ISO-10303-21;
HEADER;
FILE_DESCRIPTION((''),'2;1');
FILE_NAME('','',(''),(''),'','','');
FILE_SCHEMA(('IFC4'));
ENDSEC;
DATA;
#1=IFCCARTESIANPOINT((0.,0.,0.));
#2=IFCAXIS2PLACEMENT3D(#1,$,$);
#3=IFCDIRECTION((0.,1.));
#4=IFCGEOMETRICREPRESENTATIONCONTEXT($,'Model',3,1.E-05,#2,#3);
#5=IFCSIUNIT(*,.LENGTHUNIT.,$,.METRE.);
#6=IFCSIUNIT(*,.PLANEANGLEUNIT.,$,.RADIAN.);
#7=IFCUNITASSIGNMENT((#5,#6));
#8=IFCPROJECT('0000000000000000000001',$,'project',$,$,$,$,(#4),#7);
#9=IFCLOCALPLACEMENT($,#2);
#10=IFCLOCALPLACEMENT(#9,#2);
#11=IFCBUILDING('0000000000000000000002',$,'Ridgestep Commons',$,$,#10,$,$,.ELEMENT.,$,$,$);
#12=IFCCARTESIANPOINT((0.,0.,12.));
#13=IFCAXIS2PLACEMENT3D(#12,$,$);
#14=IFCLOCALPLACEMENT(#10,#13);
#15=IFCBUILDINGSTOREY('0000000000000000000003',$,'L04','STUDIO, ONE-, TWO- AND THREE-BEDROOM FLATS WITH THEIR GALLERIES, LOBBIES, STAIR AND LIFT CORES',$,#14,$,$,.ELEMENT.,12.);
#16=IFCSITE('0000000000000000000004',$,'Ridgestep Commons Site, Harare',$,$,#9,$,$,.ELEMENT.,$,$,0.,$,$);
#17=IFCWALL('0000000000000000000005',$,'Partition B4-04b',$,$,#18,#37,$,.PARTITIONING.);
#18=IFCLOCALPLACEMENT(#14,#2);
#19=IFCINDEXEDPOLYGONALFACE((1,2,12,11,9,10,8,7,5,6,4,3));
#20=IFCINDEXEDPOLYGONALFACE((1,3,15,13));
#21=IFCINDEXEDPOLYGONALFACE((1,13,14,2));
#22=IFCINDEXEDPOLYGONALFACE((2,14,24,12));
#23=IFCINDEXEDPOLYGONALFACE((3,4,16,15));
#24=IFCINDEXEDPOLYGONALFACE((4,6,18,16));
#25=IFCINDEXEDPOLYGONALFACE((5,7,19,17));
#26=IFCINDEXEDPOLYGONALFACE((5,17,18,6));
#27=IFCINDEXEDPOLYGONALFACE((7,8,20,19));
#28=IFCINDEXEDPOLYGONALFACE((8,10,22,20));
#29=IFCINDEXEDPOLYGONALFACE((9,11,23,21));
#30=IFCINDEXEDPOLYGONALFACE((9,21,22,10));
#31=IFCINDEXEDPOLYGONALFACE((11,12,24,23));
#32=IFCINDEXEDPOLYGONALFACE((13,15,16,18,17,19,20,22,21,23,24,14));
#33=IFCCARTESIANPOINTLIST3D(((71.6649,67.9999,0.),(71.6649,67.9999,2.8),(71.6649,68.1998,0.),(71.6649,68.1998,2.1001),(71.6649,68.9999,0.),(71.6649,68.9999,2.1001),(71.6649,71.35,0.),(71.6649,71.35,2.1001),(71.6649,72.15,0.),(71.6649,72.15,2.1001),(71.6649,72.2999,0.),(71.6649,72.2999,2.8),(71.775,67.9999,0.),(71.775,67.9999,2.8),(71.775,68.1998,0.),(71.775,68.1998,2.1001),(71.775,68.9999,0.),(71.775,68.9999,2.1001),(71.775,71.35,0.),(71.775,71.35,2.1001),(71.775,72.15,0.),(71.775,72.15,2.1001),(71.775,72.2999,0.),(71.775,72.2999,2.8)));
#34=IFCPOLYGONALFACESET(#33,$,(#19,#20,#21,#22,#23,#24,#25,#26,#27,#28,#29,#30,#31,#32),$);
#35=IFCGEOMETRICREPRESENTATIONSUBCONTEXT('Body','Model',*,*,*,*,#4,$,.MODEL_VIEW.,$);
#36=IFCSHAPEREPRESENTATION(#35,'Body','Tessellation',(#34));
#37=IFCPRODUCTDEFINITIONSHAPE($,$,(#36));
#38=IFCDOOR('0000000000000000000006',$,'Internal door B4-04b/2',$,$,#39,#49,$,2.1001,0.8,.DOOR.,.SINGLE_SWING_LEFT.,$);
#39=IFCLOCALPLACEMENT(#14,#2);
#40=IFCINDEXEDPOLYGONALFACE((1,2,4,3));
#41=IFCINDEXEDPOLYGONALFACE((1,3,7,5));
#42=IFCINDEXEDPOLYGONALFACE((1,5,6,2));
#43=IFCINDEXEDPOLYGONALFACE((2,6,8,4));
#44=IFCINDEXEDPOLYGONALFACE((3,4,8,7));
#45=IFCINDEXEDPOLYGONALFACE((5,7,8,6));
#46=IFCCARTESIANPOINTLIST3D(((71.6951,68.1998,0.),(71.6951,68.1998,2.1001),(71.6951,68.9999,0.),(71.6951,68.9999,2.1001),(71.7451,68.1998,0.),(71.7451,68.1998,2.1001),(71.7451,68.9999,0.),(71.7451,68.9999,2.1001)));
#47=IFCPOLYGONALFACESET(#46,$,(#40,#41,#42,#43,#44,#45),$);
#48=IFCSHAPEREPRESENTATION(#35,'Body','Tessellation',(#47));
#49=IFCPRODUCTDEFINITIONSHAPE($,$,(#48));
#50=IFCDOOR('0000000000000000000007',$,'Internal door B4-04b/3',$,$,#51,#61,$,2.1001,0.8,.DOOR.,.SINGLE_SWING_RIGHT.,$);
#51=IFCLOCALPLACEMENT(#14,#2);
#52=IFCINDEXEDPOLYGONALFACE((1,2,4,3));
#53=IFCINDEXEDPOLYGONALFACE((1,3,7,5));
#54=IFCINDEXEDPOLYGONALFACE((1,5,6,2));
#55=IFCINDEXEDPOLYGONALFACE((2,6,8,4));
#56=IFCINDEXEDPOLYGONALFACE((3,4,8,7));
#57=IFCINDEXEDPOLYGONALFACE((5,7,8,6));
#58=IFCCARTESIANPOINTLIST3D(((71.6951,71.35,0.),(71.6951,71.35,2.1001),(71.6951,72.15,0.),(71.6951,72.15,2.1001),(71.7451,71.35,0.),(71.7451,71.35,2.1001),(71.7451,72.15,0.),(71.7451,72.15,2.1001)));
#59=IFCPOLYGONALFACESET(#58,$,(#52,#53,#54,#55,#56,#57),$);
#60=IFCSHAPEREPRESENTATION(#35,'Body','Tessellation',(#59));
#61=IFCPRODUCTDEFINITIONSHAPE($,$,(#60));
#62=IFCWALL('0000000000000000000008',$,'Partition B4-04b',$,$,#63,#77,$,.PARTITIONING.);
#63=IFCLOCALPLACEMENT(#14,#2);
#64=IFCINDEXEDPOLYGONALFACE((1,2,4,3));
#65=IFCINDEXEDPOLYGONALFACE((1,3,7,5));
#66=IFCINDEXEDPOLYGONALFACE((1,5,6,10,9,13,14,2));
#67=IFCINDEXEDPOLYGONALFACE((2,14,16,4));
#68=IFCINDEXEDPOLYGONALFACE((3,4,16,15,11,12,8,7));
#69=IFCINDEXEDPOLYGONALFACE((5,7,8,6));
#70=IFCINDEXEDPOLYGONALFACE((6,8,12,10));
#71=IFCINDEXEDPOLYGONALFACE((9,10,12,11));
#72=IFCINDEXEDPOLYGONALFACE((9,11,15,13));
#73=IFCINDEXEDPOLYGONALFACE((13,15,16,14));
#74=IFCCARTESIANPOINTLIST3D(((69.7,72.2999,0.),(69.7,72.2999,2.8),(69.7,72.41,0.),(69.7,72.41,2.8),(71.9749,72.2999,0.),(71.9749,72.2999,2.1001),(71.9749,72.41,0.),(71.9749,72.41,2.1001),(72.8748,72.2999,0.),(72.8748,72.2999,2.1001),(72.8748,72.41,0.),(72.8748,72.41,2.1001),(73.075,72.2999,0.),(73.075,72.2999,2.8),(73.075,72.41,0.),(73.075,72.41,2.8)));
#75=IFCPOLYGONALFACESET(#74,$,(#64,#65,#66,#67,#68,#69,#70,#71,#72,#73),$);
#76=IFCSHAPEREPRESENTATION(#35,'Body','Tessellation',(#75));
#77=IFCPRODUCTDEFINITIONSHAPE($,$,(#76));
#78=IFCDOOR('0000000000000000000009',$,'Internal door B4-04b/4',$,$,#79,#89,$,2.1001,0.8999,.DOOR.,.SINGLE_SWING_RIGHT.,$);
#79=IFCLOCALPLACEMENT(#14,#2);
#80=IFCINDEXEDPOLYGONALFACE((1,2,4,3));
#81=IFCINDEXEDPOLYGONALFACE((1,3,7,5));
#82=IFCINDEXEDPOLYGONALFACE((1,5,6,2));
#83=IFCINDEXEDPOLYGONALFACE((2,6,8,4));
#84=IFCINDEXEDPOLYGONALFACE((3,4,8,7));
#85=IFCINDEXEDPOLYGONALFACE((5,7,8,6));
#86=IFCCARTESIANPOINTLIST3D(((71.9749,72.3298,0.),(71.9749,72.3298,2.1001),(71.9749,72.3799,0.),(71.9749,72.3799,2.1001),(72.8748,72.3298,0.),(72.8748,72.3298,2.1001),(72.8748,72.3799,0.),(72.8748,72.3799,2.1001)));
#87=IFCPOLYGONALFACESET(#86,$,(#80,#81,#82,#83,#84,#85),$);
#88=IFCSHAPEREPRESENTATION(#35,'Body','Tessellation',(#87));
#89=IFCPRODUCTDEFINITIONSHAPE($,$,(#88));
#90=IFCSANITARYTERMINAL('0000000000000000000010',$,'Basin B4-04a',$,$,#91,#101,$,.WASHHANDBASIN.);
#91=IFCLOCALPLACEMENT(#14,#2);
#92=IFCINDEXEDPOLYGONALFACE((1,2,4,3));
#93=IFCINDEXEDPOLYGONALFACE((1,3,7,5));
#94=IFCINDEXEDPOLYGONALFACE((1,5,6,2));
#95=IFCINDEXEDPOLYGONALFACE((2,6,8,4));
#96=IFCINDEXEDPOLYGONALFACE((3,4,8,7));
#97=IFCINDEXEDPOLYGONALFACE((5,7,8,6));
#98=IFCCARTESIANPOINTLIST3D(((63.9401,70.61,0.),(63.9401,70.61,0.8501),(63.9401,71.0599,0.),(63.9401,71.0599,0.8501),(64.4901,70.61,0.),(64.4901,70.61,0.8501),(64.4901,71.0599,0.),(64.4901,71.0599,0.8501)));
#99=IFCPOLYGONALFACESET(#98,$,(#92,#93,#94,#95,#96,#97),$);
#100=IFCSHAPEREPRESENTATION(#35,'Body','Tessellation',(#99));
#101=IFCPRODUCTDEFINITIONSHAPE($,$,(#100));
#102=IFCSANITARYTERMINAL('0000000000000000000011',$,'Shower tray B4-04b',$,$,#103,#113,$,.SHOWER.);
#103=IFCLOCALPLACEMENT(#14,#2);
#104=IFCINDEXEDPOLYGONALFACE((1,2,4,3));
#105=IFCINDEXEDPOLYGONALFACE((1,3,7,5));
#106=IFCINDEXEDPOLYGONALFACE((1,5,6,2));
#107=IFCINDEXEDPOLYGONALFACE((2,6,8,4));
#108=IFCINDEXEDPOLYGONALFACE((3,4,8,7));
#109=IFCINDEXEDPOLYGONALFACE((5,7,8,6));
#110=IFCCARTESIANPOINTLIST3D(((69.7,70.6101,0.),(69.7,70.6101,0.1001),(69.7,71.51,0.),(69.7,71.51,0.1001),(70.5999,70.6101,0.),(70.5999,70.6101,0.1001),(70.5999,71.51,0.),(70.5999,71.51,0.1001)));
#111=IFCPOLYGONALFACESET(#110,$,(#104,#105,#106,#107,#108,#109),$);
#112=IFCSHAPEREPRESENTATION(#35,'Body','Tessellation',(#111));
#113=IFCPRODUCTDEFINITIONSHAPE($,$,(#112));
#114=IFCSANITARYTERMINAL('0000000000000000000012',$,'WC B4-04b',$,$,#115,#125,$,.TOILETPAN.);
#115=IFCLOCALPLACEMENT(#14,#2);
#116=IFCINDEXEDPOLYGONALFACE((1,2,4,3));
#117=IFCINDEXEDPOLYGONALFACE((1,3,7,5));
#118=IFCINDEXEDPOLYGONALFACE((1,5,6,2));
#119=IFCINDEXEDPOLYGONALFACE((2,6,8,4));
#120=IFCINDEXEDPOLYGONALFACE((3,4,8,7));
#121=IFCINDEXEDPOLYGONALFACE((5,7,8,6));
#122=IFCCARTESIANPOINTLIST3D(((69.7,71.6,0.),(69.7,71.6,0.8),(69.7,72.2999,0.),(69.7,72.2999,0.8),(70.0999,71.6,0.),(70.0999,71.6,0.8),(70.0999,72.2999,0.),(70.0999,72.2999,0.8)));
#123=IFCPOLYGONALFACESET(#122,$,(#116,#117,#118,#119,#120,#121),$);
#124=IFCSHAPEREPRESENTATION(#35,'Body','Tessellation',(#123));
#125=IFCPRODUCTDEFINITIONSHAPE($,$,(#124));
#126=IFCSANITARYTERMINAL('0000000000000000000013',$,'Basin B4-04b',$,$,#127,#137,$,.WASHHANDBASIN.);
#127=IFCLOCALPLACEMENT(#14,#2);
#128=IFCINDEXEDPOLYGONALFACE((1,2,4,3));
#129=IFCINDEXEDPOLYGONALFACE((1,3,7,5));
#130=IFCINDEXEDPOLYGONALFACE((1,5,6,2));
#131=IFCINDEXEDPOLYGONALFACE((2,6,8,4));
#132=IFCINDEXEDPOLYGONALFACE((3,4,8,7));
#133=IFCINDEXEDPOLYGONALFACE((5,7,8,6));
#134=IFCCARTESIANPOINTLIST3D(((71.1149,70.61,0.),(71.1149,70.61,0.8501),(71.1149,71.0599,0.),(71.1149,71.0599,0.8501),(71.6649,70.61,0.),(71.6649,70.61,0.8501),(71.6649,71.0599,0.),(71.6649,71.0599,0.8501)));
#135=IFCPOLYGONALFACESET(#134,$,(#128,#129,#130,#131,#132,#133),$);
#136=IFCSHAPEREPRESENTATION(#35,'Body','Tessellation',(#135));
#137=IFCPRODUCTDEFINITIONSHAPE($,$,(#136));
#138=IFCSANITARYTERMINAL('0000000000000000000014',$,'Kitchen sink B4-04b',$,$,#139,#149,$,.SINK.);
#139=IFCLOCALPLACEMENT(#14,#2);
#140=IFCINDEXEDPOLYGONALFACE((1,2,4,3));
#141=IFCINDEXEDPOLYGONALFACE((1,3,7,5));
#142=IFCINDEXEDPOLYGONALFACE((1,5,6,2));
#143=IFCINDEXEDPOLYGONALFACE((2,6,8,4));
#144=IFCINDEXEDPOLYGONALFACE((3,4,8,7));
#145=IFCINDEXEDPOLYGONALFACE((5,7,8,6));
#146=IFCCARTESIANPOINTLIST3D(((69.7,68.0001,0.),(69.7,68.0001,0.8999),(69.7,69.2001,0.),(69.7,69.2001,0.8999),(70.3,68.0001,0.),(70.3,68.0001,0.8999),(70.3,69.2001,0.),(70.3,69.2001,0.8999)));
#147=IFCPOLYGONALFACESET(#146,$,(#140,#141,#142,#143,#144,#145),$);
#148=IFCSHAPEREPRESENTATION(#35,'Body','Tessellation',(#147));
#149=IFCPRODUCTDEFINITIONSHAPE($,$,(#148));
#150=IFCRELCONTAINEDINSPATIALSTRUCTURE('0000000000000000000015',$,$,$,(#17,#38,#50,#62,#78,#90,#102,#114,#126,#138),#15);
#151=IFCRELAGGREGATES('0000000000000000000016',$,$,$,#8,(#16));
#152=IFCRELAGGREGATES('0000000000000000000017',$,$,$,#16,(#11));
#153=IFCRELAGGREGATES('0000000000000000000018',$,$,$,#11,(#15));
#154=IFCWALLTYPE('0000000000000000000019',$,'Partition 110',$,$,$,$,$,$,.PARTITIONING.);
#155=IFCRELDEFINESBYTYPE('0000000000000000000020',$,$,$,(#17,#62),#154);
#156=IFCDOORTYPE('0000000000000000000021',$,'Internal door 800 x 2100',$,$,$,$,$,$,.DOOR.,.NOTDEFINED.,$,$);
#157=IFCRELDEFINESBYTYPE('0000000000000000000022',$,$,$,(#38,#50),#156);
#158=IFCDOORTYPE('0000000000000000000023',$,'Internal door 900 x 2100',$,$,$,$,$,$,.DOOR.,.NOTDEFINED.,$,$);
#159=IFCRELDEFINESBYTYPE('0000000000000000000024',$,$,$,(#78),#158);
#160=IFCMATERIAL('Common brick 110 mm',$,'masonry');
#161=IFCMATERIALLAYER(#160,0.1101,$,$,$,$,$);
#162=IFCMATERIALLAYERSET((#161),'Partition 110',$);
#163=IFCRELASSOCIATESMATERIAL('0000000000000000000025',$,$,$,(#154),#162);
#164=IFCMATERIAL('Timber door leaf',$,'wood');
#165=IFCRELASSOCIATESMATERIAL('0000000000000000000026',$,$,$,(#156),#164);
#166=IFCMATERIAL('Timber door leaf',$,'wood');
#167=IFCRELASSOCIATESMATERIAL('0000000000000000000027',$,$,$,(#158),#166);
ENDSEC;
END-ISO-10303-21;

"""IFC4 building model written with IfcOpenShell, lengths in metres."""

from ifc_helpers import new_model, si_unit, direction, frame, frame_2d, origin, origin_2d, place, context, subcontext, project, spatial, rectangle, extrude, material, layer, layer_set, type_object, element, fill, save


model = new_model("IFC4")

# Units and contexts
model_context = context("Model", 3, precision=1e-05, world=origin(), true_north=direction((0.0, 1.0)))
body_context = subcontext(model_context, "Body", "Model", "MODEL_VIEW")
ifc_project = project(units=[si_unit("LENGTHUNIT", "METRE"), si_unit("PLANEANGLEUNIT", "RADIAN")], contexts=[model_context])

# Site, building, storey
site_placement = place(None, origin())
site = spatial("IfcSite", under=ifc_project, at=site_placement, Name="Ridgestep Commons Site, Harare", CompositionType="ELEMENT", RefElevation=0.0)
building_placement = place(site_placement, origin())
building = spatial("IfcBuilding", under=site, at=building_placement, Name="Ridgestep Commons", CompositionType="ELEMENT")
storey_placement = place(building_placement, frame((0.0, 0.0, 12.0)))
storey = spatial("IfcBuildingStorey", under=building, at=storey_placement, Name="L04", Description="STUDIO, ONE-, TWO- AND THREE-BEDROOM FLATS WITH THEIR GALLERIES, LOBBIES, STAIR AND LIFT CORES", CompositionType="ELEMENT", Elevation=12.0)

# Shared definitions
ifc_material_1 = material(Name="Common brick 110 mm", Category="masonry")
ifc_layer_1 = layer(ifc_material_1, 0.1101)
ifc_layer_set_1 = layer_set([ifc_layer_1], Name="Partition 110")
wall_type_1 = type_object("IfcWallType", Name="Partition 110", PredefinedType="PARTITIONING", material=ifc_layer_set_1)

# Wall, openings, doors
wall_1_placement = place(storey_placement, frame((71.72, 68.0, 0.0), z_axis=(0.0, 0.0, 1.0), x_axis=(0.0, 1.0, 0.0)))
wall_1 = element("IfcWall", 1, at=wall_1_placement, inside=storey, type_object=wall_type_1, Name="Partition B4-04b", PredefinedType="PARTITIONING", context=body_context, shape_type="SweptSolid", body=[
    extrude(rectangle(XDim=4.3, YDim=0.1101, at=frame_2d((2.1499, 0.0))), origin(), (0.0, 0.0, 1.0), 2.8),
])
opening_1_placement = place(wall_1_placement, frame((0.2, 0.0, 0.0)))
opening_1 = element("IfcOpeningElement", 2, at=opening_1_placement, cuts=wall_1, PredefinedType="OPENING", context=body_context, shape_type="SweptSolid", body=[
    extrude(rectangle(XDim=0.8, YDim=2.1001, at=frame_2d((0.3999, 1.05))), frame((0.0, 0.0649, 0.0), z_axis=(0.0, -1.0, 0.0), x_axis=(1.0, 0.0, 0.0)), (0.0, 0.0, 1.0), 0.1301),
])
opening_2_placement = place(wall_1_placement, frame((3.3501, 0.0, 0.0)))
opening_2 = element("IfcOpeningElement", 3, at=opening_2_placement, cuts=wall_1, PredefinedType="OPENING", context=body_context, shape_type="SweptSolid", body=[
    extrude(rectangle(XDim=0.8, YDim=2.1001, at=frame_2d((0.3999, 1.05))), frame((0.0, 0.0649, 0.0), z_axis=(0.0, -1.0, 0.0), x_axis=(1.0, 0.0, 0.0)), (0.0, 0.0, 1.0), 0.1301),
])
ifc_material_2 = material(Name="Timber door leaf", Category="wood")
door_type_1 = type_object("IfcDoorType", Name="Internal door 800 x 2100", OperationType="NOTDEFINED", PredefinedType="DOOR", material=ifc_material_2)
door_1_placement = place(opening_1_placement, origin())
door_1 = element("IfcDoor", 4, at=door_1_placement, inside=storey, type_object=door_type_1, Name="Internal door B4-04b/2", OperationType="SINGLE_SWING_LEFT", OverallHeight=2.1001, OverallWidth=0.8, PredefinedType="DOOR", context=body_context, shape_type="SweptSolid", body=[
    extrude(rectangle(XDim=0.8, YDim=2.1001, at=frame_2d((0.3999, 1.05))), frame((0.0, 0.0249, 0.0), z_axis=(0.0, -1.0, 0.0), x_axis=(1.0, 0.0, 0.0)), (0.0, 0.0, 1.0), 0.05),
])
fill(opening_1, door_1)
door_2_placement = place(opening_2_placement, origin())
door_2 = element("IfcDoor", 5, at=door_2_placement, inside=storey, type_object=door_type_1, Name="Internal door B4-04b/3", OperationType="SINGLE_SWING_RIGHT", OverallHeight=2.1001, OverallWidth=0.8, PredefinedType="DOOR", context=body_context, shape_type="SweptSolid", body=[
    extrude(rectangle(XDim=0.8, YDim=2.1001, at=frame_2d((0.3999, 1.05))), frame((0.0, 0.0249, 0.0), z_axis=(0.0, -1.0, 0.0), x_axis=(1.0, 0.0, 0.0)), (0.0, 0.0, 1.0), 0.05),
])
fill(opening_2, door_2)

# Wall, opening, door
wall_2_placement = place(storey_placement, frame((69.7, 72.355, 0.0), z_axis=(0.0, 0.0, 1.0), x_axis=(1.0, 0.0, 0.0)))
wall_2 = element("IfcWall", 6, at=wall_2_placement, inside=storey, type_object=wall_type_1, Name="Partition B4-04b", PredefinedType="PARTITIONING", context=body_context, shape_type="SweptSolid", body=[
    extrude(rectangle(XDim=3.375, YDim=0.1101, at=frame_2d((1.6875, 0.0))), origin(), (0.0, 0.0, 1.0), 2.8),
])
opening_3_placement = place(wall_2_placement, frame((2.2749, 0.0, 0.0)))
opening_3 = element("IfcOpeningElement", 7, at=opening_3_placement, cuts=wall_2, PredefinedType="OPENING", context=body_context, shape_type="SweptSolid", body=[
    extrude(rectangle(XDim=0.8999, YDim=2.1001, at=frame_2d((0.45, 1.05))), frame((0.0, 0.0649, 0.0), z_axis=(0.0, -1.0, 0.0), x_axis=(1.0, 0.0, 0.0)), (0.0, 0.0, 1.0), 0.1301),
])
ifc_material_3 = material(Name="Timber door leaf", Category="wood")
door_type_2 = type_object("IfcDoorType", Name="Internal door 900 x 2100", OperationType="NOTDEFINED", PredefinedType="DOOR", material=ifc_material_3)
door_3_placement = place(opening_3_placement, origin())
door_3 = element("IfcDoor", 8, at=door_3_placement, inside=storey, type_object=door_type_2, Name="Internal door B4-04b/4", OperationType="SINGLE_SWING_RIGHT", OverallHeight=2.1001, OverallWidth=0.8999, PredefinedType="DOOR", context=body_context, shape_type="SweptSolid", body=[
    extrude(rectangle(XDim=0.8999, YDim=2.1001, at=frame_2d((0.45, 1.05))), frame((0.0, 0.0249, 0.0), z_axis=(0.0, -1.0, 0.0), x_axis=(1.0, 0.0, 0.0)), (0.0, 0.0, 1.0), 0.05),
])
fill(opening_3, door_3)

# Sanitary terminals
sanitary_terminal_1_placement = place(storey_placement, frame((64.2151, 70.835, 0.0), z_axis=(0.0, 0.0, 1.0), x_axis=(1.0, 0.0, 0.0)))
element("IfcSanitaryTerminal", 9, at=sanitary_terminal_1_placement, inside=storey, Name="Basin B4-04a", PredefinedType="WASHHANDBASIN", context=body_context, shape_type="SweptSolid", body=[
    extrude(rectangle(XDim=0.55, YDim=0.45, at=origin_2d()), origin(), (0.0, 0.0, 1.0), 0.8501),
])
sanitary_terminal_2_placement = place(storey_placement, frame((70.1499, 71.0601, 0.0), z_axis=(0.0, 0.0, 1.0), x_axis=(1.0, 0.0, 0.0)))
element("IfcSanitaryTerminal", 10, at=sanitary_terminal_2_placement, inside=storey, Name="Shower tray B4-04b", PredefinedType="SHOWER", context=body_context, shape_type="SweptSolid", body=[
    extrude(rectangle(XDim=0.8999, YDim=0.8999, at=origin_2d()), origin(), (0.0, 0.0, 1.0), 0.1001),
])
sanitary_terminal_3_placement = place(storey_placement, frame((69.8999, 71.95, 0.0), z_axis=(0.0, 0.0, 1.0), x_axis=(1.0, 0.0, 0.0)))
element("IfcSanitaryTerminal", 11, at=sanitary_terminal_3_placement, inside=storey, Name="WC B4-04b", PredefinedType="TOILETPAN", context=body_context, shape_type="SweptSolid", body=[
    extrude(rectangle(XDim=0.3999, YDim=0.7, at=origin_2d()), origin(), (0.0, 0.0, 1.0), 0.8),
])
sanitary_terminal_4_placement = place(storey_placement, frame((71.3899, 70.835, 0.0), z_axis=(0.0, 0.0, 1.0), x_axis=(1.0, 0.0, 0.0)))
element("IfcSanitaryTerminal", 12, at=sanitary_terminal_4_placement, inside=storey, Name="Basin B4-04b", PredefinedType="WASHHANDBASIN", context=body_context, shape_type="SweptSolid", body=[
    extrude(rectangle(XDim=0.55, YDim=0.45, at=origin_2d()), origin(), (0.0, 0.0, 1.0), 0.8501),
])
sanitary_terminal_5_placement = place(storey_placement, frame((70.0, 68.6001, 0.0), z_axis=(0.0, 0.0, 1.0), x_axis=(1.0, 0.0, 0.0)))
element("IfcSanitaryTerminal", 13, at=sanitary_terminal_5_placement, inside=storey, Name="Kitchen sink B4-04b", PredefinedType="SINK", context=body_context, shape_type="SweptSolid", body=[
    extrude(rectangle(XDim=0.6001, YDim=1.2, at=origin_2d()), origin(), (0.0, 0.0, 1.0), 0.8999),
])

save(model, "model.ifc")
